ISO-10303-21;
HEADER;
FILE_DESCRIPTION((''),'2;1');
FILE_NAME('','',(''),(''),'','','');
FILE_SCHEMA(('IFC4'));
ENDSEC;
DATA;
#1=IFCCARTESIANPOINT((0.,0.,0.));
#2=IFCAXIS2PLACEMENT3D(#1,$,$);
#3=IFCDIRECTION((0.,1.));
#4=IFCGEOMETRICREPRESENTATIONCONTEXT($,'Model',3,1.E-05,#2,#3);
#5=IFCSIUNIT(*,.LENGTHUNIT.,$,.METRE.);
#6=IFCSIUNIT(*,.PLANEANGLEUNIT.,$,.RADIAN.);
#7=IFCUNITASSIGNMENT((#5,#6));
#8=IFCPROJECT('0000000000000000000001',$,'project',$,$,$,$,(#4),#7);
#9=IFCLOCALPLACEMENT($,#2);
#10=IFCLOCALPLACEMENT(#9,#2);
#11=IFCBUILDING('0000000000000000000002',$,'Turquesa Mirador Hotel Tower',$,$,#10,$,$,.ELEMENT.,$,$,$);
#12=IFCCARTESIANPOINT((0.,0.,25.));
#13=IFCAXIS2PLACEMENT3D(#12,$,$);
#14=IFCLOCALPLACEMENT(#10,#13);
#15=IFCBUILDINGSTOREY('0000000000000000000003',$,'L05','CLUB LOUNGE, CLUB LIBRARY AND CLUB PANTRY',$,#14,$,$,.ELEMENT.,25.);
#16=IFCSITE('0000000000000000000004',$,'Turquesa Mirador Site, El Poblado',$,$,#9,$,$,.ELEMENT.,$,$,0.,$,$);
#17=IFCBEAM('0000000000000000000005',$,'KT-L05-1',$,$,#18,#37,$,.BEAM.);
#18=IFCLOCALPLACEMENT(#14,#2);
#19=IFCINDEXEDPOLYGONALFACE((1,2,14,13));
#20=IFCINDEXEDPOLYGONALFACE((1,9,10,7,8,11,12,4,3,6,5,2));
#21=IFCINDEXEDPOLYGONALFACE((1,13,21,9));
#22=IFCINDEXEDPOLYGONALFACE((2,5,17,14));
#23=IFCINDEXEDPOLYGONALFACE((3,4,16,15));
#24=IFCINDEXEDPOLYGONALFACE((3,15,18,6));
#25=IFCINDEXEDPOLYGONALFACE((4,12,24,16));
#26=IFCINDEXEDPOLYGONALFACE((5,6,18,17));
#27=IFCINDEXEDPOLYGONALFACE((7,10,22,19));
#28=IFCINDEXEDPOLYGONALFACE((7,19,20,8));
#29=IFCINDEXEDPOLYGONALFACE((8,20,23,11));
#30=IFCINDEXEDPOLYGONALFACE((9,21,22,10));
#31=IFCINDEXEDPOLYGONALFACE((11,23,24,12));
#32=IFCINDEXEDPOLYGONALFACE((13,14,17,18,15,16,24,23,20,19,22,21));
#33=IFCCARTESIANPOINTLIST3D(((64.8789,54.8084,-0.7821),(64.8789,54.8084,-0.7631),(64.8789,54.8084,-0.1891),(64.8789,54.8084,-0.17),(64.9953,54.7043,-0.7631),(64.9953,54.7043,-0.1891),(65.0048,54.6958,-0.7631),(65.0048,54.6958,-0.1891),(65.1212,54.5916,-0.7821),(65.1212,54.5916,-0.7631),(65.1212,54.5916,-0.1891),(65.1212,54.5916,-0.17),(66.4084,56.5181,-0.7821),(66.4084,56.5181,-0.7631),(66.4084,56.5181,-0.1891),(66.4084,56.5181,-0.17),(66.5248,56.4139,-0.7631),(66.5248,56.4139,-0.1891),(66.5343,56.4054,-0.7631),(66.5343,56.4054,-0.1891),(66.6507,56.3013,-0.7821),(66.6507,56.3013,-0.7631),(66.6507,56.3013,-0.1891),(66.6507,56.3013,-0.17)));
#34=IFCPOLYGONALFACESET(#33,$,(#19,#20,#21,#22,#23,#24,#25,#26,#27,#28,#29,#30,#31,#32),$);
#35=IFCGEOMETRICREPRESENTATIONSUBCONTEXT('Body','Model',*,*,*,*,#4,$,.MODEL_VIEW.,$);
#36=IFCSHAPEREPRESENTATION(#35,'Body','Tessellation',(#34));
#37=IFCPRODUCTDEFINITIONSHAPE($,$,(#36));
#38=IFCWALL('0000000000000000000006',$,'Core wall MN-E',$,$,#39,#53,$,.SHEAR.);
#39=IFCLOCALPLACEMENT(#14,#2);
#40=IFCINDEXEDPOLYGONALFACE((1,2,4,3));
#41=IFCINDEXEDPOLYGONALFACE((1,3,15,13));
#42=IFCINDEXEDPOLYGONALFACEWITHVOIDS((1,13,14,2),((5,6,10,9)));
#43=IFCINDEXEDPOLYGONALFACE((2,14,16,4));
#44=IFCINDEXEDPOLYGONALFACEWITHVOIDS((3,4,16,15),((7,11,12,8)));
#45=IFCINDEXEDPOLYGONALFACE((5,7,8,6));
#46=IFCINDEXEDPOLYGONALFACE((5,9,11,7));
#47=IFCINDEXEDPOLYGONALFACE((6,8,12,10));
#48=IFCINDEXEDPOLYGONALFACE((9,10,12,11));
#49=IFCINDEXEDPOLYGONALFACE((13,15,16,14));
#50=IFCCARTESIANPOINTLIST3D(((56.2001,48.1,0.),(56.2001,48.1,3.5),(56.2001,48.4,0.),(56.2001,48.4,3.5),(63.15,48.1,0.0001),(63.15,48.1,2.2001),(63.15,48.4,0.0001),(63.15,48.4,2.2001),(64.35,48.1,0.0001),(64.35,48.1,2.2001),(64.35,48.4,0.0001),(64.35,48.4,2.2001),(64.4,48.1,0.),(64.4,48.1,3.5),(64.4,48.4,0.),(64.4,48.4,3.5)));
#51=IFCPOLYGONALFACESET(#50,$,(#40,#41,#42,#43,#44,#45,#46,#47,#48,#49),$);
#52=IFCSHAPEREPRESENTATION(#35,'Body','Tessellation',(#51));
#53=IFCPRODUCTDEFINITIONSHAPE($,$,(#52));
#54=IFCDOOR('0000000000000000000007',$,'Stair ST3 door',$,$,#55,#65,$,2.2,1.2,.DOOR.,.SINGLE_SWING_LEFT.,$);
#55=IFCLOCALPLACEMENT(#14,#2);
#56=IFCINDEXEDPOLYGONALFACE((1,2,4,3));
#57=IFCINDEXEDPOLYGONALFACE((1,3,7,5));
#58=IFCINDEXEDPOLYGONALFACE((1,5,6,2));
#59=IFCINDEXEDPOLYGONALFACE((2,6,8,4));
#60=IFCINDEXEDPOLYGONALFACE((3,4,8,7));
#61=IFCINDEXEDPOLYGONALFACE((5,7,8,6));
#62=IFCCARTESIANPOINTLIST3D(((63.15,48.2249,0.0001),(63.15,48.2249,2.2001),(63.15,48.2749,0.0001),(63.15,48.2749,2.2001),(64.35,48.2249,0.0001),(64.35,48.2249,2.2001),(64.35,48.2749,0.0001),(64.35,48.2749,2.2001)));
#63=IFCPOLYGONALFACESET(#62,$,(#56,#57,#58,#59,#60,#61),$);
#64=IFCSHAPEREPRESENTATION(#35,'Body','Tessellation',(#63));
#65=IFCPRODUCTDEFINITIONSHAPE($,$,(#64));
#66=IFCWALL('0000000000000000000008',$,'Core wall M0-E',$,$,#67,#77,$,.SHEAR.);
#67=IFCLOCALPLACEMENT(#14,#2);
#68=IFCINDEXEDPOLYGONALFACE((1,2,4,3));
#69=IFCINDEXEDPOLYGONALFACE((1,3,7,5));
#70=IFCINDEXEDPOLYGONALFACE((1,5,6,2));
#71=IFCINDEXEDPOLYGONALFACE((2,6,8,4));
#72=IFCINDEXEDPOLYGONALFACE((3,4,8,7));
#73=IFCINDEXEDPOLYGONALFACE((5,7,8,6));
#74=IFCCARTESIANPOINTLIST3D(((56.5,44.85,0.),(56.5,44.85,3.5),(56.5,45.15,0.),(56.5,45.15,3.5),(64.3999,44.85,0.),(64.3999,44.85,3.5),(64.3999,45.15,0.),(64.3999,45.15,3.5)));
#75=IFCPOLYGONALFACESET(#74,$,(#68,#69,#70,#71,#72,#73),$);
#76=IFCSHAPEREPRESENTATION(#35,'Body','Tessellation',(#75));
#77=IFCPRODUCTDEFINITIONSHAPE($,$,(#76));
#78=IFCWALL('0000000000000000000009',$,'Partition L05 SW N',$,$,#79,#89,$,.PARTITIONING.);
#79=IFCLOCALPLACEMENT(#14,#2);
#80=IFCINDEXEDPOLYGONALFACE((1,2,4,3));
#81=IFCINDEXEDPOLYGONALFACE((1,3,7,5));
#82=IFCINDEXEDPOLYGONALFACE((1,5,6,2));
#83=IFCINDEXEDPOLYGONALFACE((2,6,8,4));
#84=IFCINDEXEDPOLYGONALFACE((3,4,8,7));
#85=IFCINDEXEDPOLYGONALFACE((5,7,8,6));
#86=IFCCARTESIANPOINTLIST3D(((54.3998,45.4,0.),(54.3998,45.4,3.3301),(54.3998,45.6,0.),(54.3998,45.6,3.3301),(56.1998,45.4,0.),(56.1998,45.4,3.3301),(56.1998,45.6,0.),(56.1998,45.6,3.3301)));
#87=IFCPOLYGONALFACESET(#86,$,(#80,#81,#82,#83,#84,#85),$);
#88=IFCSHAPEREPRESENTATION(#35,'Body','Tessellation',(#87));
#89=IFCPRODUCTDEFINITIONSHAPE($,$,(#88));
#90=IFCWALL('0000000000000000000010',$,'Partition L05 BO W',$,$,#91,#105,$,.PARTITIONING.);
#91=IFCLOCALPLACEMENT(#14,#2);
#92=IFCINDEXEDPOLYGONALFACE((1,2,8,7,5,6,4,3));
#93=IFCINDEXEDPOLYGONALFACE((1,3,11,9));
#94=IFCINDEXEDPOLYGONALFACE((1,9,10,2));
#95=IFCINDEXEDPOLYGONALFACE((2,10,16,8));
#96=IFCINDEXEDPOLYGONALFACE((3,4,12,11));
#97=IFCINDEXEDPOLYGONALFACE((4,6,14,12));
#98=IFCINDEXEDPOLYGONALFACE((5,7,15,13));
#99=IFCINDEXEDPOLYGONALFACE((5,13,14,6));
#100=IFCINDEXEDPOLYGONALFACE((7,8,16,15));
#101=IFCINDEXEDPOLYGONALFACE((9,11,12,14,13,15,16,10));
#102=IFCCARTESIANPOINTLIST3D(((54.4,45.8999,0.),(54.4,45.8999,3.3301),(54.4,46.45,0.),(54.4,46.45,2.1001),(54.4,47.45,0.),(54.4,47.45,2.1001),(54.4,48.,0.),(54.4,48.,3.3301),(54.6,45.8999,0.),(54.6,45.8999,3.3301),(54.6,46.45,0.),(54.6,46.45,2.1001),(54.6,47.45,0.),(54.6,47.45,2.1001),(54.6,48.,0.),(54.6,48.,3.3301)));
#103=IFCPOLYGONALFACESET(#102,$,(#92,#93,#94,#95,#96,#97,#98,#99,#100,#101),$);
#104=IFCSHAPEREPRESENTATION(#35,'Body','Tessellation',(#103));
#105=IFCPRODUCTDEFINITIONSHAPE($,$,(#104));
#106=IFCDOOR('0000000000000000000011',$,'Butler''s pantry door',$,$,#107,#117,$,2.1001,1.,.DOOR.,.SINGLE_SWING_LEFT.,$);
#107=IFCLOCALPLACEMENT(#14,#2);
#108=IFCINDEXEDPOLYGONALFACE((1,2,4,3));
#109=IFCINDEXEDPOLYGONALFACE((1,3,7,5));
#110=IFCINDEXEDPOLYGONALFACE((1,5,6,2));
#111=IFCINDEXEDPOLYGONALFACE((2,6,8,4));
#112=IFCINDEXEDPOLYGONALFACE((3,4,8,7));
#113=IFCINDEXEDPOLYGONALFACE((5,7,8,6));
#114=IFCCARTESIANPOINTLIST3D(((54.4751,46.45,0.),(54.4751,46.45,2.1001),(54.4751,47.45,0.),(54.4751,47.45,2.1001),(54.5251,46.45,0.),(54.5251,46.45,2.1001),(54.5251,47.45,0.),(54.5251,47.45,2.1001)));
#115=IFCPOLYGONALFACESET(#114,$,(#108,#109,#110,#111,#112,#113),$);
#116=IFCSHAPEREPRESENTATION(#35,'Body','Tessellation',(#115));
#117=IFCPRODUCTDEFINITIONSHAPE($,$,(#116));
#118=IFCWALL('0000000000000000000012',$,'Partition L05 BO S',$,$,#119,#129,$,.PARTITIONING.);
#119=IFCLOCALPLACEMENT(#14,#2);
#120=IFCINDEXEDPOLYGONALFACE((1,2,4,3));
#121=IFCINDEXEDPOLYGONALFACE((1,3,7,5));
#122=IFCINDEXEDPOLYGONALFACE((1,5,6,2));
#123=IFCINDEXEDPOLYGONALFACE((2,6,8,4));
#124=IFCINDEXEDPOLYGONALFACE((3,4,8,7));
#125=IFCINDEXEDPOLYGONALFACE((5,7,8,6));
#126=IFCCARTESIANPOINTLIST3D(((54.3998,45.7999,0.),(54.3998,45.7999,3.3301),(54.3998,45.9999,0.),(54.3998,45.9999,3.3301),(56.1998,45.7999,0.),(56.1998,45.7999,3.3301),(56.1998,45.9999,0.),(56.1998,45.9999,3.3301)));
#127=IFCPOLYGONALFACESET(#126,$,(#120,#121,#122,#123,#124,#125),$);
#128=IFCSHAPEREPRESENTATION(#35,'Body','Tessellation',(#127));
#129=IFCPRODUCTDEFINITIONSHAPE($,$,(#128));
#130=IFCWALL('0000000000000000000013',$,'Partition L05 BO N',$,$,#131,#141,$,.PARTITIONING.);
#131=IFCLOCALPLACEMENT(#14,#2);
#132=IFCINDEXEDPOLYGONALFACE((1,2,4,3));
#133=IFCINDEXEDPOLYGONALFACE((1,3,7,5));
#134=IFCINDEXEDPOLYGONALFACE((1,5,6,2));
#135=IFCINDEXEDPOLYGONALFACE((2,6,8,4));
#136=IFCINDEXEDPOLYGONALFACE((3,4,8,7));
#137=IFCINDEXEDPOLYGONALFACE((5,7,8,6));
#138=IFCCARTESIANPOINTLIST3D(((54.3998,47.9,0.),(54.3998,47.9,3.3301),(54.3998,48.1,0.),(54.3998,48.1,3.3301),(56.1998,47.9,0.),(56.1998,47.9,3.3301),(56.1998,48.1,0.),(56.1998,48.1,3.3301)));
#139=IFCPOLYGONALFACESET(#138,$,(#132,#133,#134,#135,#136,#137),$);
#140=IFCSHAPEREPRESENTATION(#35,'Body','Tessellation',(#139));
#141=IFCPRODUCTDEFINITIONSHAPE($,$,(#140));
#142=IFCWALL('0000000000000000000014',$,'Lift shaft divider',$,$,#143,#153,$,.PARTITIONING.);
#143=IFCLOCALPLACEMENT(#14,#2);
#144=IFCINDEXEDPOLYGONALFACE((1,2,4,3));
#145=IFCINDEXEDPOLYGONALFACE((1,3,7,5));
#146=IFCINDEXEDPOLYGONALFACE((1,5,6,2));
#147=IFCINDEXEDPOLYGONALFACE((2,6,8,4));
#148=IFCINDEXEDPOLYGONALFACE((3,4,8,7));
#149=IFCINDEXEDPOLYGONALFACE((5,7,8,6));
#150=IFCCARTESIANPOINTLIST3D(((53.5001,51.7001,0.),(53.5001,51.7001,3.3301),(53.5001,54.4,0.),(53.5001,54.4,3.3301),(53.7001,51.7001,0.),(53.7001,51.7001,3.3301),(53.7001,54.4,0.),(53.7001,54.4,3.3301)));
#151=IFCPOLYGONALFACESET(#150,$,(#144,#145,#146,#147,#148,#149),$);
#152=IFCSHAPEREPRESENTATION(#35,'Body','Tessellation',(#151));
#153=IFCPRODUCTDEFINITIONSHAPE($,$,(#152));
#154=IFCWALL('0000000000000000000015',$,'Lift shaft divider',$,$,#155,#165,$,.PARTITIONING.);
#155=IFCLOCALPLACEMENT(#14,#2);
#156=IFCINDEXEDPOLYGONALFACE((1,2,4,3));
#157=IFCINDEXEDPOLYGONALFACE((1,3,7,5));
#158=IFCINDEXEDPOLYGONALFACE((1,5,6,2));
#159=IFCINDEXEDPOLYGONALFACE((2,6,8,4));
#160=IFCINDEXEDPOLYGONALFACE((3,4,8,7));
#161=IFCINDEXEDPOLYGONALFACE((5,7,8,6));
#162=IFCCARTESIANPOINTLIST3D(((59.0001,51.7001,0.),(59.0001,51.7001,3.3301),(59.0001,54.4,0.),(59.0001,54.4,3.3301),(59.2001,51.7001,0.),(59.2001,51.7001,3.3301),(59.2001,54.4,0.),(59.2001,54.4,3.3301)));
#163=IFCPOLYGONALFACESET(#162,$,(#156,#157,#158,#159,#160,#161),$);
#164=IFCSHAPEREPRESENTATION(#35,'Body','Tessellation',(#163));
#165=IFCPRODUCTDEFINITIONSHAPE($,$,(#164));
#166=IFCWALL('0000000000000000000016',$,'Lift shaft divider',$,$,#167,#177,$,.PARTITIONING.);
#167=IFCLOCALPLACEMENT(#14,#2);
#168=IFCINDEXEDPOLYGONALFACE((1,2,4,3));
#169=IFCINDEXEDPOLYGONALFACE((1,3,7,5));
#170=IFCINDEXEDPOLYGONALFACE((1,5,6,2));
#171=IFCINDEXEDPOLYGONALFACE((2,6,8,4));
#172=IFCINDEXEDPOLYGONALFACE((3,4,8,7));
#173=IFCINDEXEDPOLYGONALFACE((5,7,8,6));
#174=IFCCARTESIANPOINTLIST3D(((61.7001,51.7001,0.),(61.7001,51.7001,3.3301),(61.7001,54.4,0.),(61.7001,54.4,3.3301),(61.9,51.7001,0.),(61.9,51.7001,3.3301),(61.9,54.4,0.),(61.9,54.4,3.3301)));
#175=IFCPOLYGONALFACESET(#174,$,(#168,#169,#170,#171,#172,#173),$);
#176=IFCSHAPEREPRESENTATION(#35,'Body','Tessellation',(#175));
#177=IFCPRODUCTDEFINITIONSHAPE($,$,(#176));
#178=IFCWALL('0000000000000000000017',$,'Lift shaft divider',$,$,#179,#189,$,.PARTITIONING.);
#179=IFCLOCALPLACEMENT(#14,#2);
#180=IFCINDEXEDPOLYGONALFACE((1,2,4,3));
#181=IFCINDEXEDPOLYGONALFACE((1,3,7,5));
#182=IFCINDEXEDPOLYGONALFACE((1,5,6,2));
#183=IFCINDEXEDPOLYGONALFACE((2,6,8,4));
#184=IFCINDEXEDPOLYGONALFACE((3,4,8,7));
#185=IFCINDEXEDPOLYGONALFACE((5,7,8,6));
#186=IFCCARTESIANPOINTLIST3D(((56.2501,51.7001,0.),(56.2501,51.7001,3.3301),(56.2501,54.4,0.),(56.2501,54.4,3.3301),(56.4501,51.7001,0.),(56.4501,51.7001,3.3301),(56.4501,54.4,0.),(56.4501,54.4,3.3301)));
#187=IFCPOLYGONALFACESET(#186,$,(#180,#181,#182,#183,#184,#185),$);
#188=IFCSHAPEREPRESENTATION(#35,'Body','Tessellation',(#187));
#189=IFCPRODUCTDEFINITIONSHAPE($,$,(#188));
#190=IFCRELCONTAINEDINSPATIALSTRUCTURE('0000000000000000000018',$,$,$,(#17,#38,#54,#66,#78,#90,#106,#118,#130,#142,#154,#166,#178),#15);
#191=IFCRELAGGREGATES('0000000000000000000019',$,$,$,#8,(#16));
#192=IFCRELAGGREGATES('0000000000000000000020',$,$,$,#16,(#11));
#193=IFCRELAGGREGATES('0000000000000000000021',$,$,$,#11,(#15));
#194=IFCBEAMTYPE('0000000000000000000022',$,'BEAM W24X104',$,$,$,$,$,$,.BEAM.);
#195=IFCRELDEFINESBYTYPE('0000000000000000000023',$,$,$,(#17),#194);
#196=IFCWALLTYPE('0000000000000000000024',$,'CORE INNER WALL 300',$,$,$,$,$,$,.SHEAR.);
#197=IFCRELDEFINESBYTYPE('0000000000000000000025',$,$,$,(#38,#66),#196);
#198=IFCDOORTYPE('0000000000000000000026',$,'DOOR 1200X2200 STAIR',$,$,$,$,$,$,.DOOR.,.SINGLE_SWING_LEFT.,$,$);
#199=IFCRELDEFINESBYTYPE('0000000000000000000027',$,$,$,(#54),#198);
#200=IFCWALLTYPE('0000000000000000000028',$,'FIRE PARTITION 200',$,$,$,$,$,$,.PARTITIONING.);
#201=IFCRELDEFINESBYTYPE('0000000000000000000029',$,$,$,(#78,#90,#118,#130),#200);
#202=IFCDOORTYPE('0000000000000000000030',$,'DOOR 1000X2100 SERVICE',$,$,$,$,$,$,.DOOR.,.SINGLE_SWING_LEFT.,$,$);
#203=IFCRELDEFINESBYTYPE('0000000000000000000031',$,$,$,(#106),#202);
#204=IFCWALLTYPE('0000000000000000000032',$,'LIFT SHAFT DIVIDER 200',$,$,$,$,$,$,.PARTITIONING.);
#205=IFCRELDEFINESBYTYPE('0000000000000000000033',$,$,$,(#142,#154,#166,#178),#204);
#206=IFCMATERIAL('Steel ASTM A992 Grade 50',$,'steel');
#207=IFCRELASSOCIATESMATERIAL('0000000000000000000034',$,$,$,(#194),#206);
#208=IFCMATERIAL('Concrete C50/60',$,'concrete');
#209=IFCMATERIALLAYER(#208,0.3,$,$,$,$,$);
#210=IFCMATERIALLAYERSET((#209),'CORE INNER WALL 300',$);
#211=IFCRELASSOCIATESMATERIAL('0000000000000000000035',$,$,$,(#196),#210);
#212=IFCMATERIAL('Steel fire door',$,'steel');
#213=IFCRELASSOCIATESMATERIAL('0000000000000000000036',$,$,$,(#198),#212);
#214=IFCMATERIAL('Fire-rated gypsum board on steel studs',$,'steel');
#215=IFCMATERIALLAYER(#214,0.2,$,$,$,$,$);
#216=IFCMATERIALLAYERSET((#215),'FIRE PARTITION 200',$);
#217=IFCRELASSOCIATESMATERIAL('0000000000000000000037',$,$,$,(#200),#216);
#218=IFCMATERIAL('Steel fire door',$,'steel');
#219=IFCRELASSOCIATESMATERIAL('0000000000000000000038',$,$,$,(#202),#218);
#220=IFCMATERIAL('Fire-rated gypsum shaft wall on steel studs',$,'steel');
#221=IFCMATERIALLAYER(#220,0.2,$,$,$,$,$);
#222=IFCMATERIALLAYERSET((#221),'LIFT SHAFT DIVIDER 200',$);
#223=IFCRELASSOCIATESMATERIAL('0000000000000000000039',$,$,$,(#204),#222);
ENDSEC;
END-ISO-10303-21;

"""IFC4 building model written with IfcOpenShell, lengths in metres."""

from ifc_helpers import new_model, si_unit, direction, frame, frame_2d, origin, origin_2d, place, context, subcontext, project, spatial, rectangle, i_section, extrude, material, layer, layer_set, material_profile, profile_set, type_object, element, fill, save


model = new_model("IFC4")

# Units and contexts
model_context = context("Model", 3, precision=1e-05, world=origin(), true_north=direction((0.0, 1.0)))
body_context = subcontext(model_context, "Body", "Model", "MODEL_VIEW")
ifc_project = project(units=[si_unit("LENGTHUNIT", "METRE"), si_unit("PLANEANGLEUNIT", "RADIAN")], contexts=[model_context])

# Site, building, storey
site_placement = place(None, origin())
site = spatial("IfcSite", under=ifc_project, at=site_placement, Name="Turquesa Mirador Site, El Poblado", CompositionType="ELEMENT", RefElevation=0.0)
building_placement = place(site_placement, origin())
building = spatial("IfcBuilding", under=site, at=building_placement, Name="Turquesa Mirador Hotel Tower", CompositionType="ELEMENT")
storey_placement = place(building_placement, frame((0.0, 0.0, 25.0)))
storey = spatial("IfcBuildingStorey", under=building, at=storey_placement, Name="L05", Description="CLUB LOUNGE, CLUB LIBRARY AND CLUB PANTRY", CompositionType="ELEMENT", Elevation=25.0)

# Beam
ifc_material_1 = material(Name="Steel ASTM A992 Grade 50", Category="steel")
ifc_material_profile_1 = material_profile(ifc_material_1, i_section(OverallWidth=0.3252, OverallDepth=0.6121, WebThickness=0.0127, FlangeThickness=0.019, at=origin_2d()), Name="W24X104")
ifc_profile_set_1 = profile_set([ifc_material_profile_1], Name="Steel ASTM A992 Grade 50")
beam_type_1 = type_object("IfcBeamType", Name="BEAM W24X104", PredefinedType="BEAM", material=ifc_profile_set_1)
beam_1_placement = place(storey_placement, frame((66.5295, 56.4097, -0.4761), z_axis=(-0.666745, -0.745286, 0.0), x_axis=(0.745286, -0.666745, 0.0)))
element("IfcBeam", 1, at=beam_1_placement, inside=storey, type_object=beam_type_1, Name="KT-L05-1", PredefinedType="BEAM", context=body_context, shape_type="SweptSolid", body=[
    extrude(i_section(OverallWidth=0.3252, OverallDepth=0.6121, WebThickness=0.0127, FlangeThickness=0.019, at=origin_2d()), origin(), (0.0, 0.0, 1.0), 2.2939),
])

# Wall, opening, door
ifc_material_2 = material(Name="Concrete C50/60", Category="concrete")
ifc_layer_1 = layer(ifc_material_2, 0.3)
ifc_layer_set_1 = layer_set([ifc_layer_1], Name="CORE INNER WALL 300")
wall_type_1 = type_object("IfcWallType", Name="CORE INNER WALL 300", PredefinedType="SHEAR", material=ifc_layer_set_1)
wall_1_placement = place(storey_placement, frame((56.2, 48.25, 0.0), z_axis=(0.0, 0.0, 1.0), x_axis=(1.0, 0.0, 0.0)))
wall_1 = element("IfcWall", 2, at=wall_1_placement, inside=storey, type_object=wall_type_1, Name="Core wall MN-E", PredefinedType="SHEAR", context=body_context, shape_type="SweptSolid", body=[
    extrude(rectangle(XDim=8.2, YDim=0.3, at=frame_2d((4.1001, 0.0))), origin(), (0.0, 0.0, 1.0), 3.5),
])
opening_1_placement = place(wall_1_placement, frame((6.95, 0.0, 0.0)))
opening_1 = element("IfcOpeningElement", 3, at=opening_1_placement, cuts=wall_1, PredefinedType="OPENING", context=body_context, shape_type="SweptSolid", body=[
    extrude(rectangle(XDim=1.2, YDim=2.2, at=frame_2d((0.6001, 1.1001))), frame((0.0, 0.1599, 0.0), z_axis=(0.0, -1.0, 0.0), x_axis=(1.0, 0.0, 0.0)), (0.0, 0.0, 1.0), 0.3201),
])
ifc_material_3 = material(Name="Steel fire door", Category="steel")
door_type_1 = type_object("IfcDoorType", Name="DOOR 1200X2200 STAIR", OperationType="SINGLE_SWING_LEFT", PredefinedType="DOOR", material=ifc_material_3)
door_1_placement = place(opening_1_placement, origin())
door_1 = element("IfcDoor", 4, at=door_1_placement, inside=storey, type_object=door_type_1, Name="Stair ST3 door", OperationType="SINGLE_SWING_LEFT", OverallHeight=2.2, OverallWidth=1.2, PredefinedType="DOOR", context=body_context, shape_type="SweptSolid", body=[
    extrude(rectangle(XDim=1.2, YDim=2.2, at=frame_2d((0.6001, 1.1001))), frame((0.0, 0.0249, 0.0), z_axis=(0.0, -1.0, 0.0), x_axis=(1.0, 0.0, 0.0)), (0.0, 0.0, 1.0), 0.05),
])
fill(opening_1, door_1)

# Walls
wall_2_placement = place(storey_placement, frame((56.5, 45.0, 0.0), z_axis=(0.0, 0.0, 1.0), x_axis=(1.0, 0.0, 0.0)))
element("IfcWall", 5, at=wall_2_placement, inside=storey, type_object=wall_type_1, Name="Core wall M0-E", PredefinedType="SHEAR", context=body_context, shape_type="SweptSolid", body=[
    extrude(rectangle(XDim=7.8999, YDim=0.3, at=frame_2d((3.95, 0.0))), origin(), (0.0, 0.0, 1.0), 3.5),
])
ifc_material_4 = material(Name="Fire-rated gypsum board on steel studs", Category="steel")
ifc_layer_2 = layer(ifc_material_4, 0.2)
ifc_layer_set_2 = layer_set([ifc_layer_2], Name="FIRE PARTITION 200")
wall_type_2 = type_object("IfcWallType", Name="FIRE PARTITION 200", PredefinedType="PARTITIONING", material=ifc_layer_set_2)
wall_3_placement = place(storey_placement, frame((54.3999, 45.5, 0.0), z_axis=(0.0, 0.0, 1.0), x_axis=(1.0, 0.0, 0.0)))
element("IfcWall", 6, at=wall_3_placement, inside=storey, type_object=wall_type_2, Name="Partition L05 SW N", PredefinedType="PARTITIONING", context=body_context, shape_type="SweptSolid", body=[
    extrude(rectangle(XDim=1.8, YDim=0.2, at=frame_2d((0.8999, 0.0))), origin(), (0.0, 0.0, 1.0), 3.3301),
])

# Wall, opening, door
wall_4_placement = place(storey_placement, frame((54.5, 45.8999, 0.0), z_axis=(0.0, 0.0, 1.0), x_axis=(0.0, 1.0, 0.0)))
wall_4 = element("IfcWall", 7, at=wall_4_placement, inside=storey, type_object=wall_type_2, Name="Partition L05 BO W", PredefinedType="PARTITIONING", context=body_context, shape_type="SweptSolid", body=[
    extrude(rectangle(XDim=2.1001, YDim=0.2, at=frame_2d((1.05, 0.0))), origin(), (0.0, 0.0, 1.0), 3.3301),
])
opening_2_placement = place(wall_4_placement, frame((0.55, 0.0, 0.0)))
opening_2 = element("IfcOpeningElement", 8, at=opening_2_placement, cuts=wall_4, PredefinedType="OPENING", context=body_context, shape_type="SweptSolid", body=[
    extrude(rectangle(XDim=1.0, YDim=2.1001, at=frame_2d((0.5, 1.05))), frame((0.0, 0.1099, 0.0), z_axis=(0.0, -1.0, 0.0), x_axis=(1.0, 0.0, 0.0)), (0.0, 0.0, 1.0), 0.22),
])
ifc_material_5 = material(Name="Steel fire door", Category="steel")
door_type_2 = type_object("IfcDoorType", Name="DOOR 1000X2100 SERVICE", OperationType="SINGLE_SWING_LEFT", PredefinedType="DOOR", material=ifc_material_5)
door_2_placement = place(opening_2_placement, origin())
door_2 = element("IfcDoor", 9, at=door_2_placement, inside=storey, type_object=door_type_2, Name="Butler's pantry door", OperationType="SINGLE_SWING_LEFT", OverallHeight=2.1001, OverallWidth=1.0, PredefinedType="DOOR", context=body_context, shape_type="SweptSolid", body=[
    extrude(rectangle(XDim=1.0, YDim=2.1001, at=frame_2d((0.5, 1.05))), frame((0.0, 0.0249, 0.0), z_axis=(0.0, -1.0, 0.0), x_axis=(1.0, 0.0, 0.0)), (0.0, 0.0, 1.0), 0.05),
])
fill(opening_2, door_2)

# Walls
for number, where, z_axis, x_axis, name in (
    (10, (54.3999, 45.8999, 0.0), (0.0, 0.0, 1.0), (1.0, 0.0, 0.0), "Partition L05 BO S"),
    (11, (54.3999, 48.0, 0.0), (0.0, 0.0, 1.0), (1.0, 0.0, 0.0), "Partition L05 BO N"),
):
    element("IfcWall", number, at=place(storey_placement, frame(where, z_axis=z_axis, x_axis=x_axis)), inside=storey, type_object=wall_type_2, Name=name, PredefinedType="PARTITIONING", context=body_context, shape_type="SweptSolid", body=[
        extrude(rectangle(XDim=1.8, YDim=0.2, at=frame_2d((0.8999, 0.0))), origin(), (0.0, 0.0, 1.0), 3.3301),
    ])
ifc_material_6 = material(Name="Fire-rated gypsum shaft wall on steel studs", Category="steel")
ifc_layer_3 = layer(ifc_material_6, 0.2)
ifc_layer_set_3 = layer_set([ifc_layer_3], Name="LIFT SHAFT DIVIDER 200")
wall_type_3 = type_object("IfcWallType", Name="LIFT SHAFT DIVIDER 200", PredefinedType="PARTITIONING", material=ifc_layer_set_3)
for number, where, z_axis, x_axis, name in (
    (12, (53.6001, 51.7, 0.0), (0.0, 0.0, 1.0), (0.0, 1.0, 0.0), "Lift shaft divider"),
    (13, (59.1001, 51.7, 0.0), (0.0, 0.0, 1.0), (0.0, 1.0, 0.0), "Lift shaft divider"),
    (14, (61.8, 51.7, 0.0), (0.0, 0.0, 1.0), (0.0, 1.0, 0.0), "Lift shaft divider"),
    (15, (56.3501, 51.7, 0.0), (0.0, 0.0, 1.0), (0.0, 1.0, 0.0), "Lift shaft divider"),
):
    element("IfcWall", number, at=place(storey_placement, frame(where, z_axis=z_axis, x_axis=x_axis)), inside=storey, type_object=wall_type_3, Name=name, PredefinedType="PARTITIONING", context=body_context, shape_type="SweptSolid", body=[
        extrude(rectangle(XDim=2.7, YDim=0.2, at=frame_2d((1.3501, 0.0))), origin(), (0.0, 0.0, 1.0), 3.3301),
    ])

save(model, "model.ifc")
